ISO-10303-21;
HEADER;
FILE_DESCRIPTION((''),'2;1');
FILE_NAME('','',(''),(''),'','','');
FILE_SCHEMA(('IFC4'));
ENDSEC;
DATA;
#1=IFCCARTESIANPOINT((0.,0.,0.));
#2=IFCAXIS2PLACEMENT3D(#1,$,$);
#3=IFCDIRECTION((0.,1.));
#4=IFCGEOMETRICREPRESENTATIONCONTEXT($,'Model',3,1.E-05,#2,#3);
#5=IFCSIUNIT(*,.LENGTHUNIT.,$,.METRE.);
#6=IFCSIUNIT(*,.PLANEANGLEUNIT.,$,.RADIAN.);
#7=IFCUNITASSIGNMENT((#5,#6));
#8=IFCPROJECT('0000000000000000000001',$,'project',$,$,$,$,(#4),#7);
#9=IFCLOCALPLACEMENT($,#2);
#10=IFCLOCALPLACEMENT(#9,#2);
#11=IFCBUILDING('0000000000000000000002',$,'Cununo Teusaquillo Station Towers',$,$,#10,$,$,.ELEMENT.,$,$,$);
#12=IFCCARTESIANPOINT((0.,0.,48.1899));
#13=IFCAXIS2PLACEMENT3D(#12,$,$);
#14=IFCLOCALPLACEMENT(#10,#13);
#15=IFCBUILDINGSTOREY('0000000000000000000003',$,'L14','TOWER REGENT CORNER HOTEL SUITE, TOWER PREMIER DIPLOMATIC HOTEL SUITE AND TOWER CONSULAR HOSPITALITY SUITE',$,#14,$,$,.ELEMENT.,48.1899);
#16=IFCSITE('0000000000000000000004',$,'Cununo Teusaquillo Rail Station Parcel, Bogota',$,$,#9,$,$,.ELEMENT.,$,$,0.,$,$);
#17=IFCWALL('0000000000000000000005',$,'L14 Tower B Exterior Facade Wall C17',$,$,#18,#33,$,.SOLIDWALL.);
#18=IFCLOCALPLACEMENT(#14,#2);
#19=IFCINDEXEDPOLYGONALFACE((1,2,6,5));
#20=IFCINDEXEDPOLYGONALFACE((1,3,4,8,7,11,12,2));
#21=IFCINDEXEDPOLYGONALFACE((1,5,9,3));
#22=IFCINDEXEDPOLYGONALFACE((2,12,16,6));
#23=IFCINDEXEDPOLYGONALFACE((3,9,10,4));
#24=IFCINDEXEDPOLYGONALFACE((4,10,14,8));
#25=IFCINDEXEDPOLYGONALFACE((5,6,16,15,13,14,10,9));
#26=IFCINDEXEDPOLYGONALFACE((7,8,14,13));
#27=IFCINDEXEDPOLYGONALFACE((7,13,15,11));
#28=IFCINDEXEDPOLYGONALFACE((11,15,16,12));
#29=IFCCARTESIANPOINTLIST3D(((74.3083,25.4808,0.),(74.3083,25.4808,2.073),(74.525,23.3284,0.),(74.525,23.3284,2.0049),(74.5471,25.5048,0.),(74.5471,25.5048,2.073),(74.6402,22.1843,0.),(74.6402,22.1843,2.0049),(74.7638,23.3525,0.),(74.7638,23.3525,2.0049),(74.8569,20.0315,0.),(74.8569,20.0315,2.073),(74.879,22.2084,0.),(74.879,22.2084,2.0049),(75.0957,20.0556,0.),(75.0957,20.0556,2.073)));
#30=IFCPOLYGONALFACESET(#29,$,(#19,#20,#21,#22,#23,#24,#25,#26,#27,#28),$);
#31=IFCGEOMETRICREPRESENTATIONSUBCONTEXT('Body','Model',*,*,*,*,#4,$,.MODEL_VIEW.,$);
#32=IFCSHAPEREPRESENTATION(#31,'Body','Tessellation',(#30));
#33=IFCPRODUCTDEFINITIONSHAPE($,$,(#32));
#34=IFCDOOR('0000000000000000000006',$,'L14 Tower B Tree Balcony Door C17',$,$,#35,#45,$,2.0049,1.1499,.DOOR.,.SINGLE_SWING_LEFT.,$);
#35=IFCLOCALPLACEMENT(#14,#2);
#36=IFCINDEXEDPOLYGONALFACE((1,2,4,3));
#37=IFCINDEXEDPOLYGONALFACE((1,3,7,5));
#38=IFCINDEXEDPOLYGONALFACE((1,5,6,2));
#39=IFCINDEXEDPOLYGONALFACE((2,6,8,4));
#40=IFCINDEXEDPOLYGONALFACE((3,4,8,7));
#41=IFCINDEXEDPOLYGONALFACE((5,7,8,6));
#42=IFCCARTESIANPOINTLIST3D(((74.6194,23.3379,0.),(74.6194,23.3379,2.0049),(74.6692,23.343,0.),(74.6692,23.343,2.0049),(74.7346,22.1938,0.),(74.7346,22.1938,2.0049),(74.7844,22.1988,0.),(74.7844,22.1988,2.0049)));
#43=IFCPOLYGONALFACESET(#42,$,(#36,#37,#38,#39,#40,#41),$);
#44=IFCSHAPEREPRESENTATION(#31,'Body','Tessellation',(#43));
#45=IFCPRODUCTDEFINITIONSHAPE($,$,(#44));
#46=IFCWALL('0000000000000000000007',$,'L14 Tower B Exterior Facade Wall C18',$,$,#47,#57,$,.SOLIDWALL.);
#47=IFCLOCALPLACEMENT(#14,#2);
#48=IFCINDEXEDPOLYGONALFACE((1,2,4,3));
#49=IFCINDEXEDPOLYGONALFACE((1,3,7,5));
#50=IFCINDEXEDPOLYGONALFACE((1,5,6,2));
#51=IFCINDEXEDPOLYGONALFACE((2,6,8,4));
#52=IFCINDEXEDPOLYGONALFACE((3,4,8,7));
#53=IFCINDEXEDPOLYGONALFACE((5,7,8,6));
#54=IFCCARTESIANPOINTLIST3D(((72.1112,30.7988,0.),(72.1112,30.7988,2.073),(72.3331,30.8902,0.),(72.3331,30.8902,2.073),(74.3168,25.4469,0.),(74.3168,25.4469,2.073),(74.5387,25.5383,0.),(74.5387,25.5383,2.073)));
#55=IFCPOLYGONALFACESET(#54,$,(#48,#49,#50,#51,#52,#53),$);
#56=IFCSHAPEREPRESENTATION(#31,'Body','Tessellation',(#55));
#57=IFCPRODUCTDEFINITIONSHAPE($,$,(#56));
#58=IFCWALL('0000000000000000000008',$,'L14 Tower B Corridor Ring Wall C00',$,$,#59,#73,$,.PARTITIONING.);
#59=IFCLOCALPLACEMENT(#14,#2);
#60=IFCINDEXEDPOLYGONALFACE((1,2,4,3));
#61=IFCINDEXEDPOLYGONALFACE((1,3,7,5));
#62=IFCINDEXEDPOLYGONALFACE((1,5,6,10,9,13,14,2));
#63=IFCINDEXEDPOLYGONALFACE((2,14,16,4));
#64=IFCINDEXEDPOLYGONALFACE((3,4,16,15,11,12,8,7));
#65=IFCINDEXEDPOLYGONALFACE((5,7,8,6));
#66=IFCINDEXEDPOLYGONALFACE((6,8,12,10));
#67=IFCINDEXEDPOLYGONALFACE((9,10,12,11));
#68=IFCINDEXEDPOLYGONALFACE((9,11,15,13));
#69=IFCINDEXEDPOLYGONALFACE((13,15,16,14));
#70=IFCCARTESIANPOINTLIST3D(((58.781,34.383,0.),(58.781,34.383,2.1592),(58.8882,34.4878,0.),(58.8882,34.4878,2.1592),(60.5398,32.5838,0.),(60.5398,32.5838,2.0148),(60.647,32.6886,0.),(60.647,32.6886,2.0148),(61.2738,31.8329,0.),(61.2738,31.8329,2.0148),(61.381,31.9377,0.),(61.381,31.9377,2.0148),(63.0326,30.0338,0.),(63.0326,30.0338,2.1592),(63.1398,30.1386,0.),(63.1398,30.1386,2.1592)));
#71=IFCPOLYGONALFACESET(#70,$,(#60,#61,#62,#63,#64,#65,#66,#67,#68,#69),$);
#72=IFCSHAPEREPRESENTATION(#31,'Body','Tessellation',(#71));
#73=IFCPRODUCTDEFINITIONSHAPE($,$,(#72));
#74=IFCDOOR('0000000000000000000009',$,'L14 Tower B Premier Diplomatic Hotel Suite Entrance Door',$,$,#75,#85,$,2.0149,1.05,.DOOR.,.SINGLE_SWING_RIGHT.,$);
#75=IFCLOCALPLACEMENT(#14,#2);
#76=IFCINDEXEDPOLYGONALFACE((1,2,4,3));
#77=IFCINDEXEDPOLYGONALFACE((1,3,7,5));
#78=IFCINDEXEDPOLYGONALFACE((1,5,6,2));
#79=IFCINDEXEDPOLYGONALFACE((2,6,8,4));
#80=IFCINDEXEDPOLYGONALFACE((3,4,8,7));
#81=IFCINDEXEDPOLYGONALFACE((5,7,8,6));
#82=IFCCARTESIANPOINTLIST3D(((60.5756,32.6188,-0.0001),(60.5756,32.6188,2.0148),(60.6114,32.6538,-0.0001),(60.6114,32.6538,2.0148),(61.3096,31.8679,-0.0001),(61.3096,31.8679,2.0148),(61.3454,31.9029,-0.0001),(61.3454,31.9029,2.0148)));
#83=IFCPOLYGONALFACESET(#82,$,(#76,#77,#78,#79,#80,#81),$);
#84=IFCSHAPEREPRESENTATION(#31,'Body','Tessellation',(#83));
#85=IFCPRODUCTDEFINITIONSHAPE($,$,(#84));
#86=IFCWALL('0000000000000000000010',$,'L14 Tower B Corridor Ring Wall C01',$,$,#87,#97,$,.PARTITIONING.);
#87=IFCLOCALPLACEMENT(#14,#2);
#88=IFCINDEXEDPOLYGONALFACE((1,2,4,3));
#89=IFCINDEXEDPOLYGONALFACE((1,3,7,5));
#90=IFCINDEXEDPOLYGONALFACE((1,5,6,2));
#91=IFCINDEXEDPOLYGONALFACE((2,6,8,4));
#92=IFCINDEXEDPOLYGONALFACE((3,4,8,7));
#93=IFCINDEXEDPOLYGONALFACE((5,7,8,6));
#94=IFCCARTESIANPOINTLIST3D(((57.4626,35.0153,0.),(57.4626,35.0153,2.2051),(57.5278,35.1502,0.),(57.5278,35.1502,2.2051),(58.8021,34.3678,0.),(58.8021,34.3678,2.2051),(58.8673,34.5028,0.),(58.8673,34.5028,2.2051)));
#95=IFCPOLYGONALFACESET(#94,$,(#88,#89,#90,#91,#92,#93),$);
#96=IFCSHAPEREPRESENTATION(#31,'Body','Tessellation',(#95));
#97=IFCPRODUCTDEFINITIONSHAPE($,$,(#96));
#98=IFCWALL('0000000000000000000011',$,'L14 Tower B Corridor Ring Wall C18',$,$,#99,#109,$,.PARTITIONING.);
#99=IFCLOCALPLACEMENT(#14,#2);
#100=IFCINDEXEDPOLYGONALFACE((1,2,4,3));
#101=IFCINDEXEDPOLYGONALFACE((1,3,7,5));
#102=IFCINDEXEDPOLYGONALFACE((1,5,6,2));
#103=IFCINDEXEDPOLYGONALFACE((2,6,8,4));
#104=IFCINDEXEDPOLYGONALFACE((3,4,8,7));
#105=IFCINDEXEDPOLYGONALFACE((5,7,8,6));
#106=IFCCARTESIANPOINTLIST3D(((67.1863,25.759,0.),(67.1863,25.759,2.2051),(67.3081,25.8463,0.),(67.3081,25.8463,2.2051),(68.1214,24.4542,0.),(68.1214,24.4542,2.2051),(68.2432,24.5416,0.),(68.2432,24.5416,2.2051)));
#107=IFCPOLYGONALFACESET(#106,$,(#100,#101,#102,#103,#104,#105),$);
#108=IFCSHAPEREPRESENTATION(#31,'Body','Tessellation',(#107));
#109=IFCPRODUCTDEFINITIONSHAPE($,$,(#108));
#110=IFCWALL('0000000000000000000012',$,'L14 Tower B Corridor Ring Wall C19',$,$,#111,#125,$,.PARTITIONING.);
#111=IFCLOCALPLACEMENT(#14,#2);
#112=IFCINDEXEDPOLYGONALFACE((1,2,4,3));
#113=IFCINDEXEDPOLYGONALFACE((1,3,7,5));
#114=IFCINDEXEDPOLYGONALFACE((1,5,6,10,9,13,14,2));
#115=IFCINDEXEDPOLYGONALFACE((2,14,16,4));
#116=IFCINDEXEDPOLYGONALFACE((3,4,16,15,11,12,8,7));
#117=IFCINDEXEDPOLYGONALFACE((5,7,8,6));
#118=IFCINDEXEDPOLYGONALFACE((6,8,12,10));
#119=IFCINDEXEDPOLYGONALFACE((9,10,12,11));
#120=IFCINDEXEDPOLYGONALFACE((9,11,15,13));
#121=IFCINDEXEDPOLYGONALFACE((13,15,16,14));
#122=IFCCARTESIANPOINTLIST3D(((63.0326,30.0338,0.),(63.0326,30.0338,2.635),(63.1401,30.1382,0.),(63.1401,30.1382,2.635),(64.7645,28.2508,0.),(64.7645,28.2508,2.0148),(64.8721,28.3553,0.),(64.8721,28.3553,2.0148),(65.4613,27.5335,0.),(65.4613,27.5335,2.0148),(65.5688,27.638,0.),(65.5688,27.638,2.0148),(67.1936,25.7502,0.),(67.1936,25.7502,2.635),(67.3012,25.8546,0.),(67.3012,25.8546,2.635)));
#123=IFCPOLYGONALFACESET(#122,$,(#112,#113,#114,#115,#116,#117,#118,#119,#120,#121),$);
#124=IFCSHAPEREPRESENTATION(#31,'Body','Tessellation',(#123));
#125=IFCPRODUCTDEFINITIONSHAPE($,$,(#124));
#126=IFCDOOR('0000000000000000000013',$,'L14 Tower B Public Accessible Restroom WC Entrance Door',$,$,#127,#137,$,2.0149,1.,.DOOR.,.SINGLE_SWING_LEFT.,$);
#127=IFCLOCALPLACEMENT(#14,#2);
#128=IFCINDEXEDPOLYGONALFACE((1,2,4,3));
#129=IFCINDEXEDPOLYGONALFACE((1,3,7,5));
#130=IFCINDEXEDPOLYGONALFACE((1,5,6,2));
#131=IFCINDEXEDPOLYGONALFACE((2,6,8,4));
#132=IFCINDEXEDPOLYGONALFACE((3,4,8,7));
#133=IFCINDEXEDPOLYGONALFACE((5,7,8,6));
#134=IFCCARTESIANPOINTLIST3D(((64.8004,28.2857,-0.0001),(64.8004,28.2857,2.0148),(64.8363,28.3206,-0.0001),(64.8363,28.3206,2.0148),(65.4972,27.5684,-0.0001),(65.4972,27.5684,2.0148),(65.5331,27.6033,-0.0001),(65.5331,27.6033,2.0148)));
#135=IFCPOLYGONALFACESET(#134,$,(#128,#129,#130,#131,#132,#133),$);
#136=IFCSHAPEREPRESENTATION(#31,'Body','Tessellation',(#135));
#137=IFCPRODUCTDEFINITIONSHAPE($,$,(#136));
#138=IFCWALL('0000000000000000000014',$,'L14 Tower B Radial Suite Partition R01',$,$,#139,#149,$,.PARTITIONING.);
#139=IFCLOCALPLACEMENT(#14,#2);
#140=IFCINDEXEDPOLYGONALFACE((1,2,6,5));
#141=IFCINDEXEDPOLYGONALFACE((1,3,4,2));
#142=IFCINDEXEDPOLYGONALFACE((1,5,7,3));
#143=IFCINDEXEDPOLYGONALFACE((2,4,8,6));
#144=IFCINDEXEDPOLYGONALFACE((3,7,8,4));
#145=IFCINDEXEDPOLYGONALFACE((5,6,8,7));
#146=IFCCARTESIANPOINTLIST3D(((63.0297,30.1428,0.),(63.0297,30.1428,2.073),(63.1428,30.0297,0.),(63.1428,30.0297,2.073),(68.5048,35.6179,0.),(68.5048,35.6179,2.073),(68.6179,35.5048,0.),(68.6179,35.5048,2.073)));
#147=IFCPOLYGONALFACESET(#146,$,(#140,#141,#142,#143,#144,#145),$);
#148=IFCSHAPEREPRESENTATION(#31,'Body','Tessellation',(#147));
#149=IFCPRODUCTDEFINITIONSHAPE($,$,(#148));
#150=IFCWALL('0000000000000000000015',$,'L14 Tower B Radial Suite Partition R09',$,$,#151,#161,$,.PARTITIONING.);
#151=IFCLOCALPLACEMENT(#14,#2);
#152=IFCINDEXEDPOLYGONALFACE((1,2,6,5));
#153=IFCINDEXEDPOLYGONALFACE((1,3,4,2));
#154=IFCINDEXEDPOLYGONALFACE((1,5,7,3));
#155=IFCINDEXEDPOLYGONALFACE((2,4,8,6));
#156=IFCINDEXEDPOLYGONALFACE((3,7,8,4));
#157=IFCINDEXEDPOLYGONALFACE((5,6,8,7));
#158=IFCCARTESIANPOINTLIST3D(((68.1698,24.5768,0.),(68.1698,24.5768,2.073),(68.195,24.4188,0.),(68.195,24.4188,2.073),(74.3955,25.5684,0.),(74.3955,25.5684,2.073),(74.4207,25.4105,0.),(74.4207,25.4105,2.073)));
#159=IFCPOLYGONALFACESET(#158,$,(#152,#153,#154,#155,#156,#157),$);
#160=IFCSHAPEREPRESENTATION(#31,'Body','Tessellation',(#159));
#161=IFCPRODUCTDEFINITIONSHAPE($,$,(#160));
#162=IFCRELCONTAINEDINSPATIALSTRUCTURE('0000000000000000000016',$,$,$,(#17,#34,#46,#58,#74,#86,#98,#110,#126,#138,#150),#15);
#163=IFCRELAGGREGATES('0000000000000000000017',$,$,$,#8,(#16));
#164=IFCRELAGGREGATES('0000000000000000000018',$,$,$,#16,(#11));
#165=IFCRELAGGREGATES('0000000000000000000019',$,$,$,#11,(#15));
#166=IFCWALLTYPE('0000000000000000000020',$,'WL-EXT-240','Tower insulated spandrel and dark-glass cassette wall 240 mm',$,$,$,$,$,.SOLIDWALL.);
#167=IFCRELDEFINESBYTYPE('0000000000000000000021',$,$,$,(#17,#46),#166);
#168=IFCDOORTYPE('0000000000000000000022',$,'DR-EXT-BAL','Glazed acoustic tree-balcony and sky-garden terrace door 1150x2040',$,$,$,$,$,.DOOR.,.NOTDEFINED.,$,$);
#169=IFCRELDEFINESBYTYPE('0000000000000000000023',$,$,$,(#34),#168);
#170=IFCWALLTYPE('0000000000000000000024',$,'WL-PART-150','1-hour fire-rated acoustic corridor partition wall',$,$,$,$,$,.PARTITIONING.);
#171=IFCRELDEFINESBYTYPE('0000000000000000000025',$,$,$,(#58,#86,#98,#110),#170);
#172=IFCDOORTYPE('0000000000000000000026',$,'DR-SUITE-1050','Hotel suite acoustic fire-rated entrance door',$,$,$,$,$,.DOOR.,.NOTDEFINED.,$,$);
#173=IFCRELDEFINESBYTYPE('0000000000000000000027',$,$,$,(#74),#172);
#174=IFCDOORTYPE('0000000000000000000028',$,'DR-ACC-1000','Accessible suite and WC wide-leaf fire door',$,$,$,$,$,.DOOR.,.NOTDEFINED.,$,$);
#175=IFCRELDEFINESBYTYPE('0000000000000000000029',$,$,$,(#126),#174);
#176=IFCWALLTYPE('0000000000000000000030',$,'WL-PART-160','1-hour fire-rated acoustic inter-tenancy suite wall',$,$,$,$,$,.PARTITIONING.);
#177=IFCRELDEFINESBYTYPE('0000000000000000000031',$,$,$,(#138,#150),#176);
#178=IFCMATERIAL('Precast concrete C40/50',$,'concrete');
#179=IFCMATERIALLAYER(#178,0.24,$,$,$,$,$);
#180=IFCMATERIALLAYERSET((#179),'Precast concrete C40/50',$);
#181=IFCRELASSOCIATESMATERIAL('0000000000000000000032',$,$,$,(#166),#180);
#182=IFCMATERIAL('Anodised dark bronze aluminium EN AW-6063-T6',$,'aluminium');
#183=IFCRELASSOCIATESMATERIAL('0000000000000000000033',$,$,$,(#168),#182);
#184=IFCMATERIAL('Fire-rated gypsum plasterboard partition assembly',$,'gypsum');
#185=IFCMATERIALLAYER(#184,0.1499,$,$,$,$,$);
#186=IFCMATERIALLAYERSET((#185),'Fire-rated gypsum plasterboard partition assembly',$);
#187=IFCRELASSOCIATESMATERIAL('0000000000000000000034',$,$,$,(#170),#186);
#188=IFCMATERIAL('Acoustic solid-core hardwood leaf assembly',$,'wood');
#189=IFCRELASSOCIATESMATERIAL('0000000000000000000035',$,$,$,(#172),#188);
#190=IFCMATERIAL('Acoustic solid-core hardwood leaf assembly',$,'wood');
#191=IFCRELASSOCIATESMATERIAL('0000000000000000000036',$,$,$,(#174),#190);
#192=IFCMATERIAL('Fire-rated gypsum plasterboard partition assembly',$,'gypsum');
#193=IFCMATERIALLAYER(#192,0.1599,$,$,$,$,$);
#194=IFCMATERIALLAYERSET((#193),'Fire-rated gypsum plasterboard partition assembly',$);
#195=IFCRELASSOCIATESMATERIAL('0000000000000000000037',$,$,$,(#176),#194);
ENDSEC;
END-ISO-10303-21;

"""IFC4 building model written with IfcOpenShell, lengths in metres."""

from ifc_helpers import new_model, si_unit, direction, frame, frame_2d, origin, place, context, subcontext, project, spatial, rectangle, extrude, source, transform, mapped, material, layer, layer_set, type_object, element, fill, save


model = new_model("IFC4")

# Units and contexts
model_context = context("Model", 3, precision=1e-05, world=origin(), true_north=direction((0.0, 1.0)))
body_context = subcontext(model_context, "Body", "Model", "MODEL_VIEW")
ifc_project = project(units=[si_unit("LENGTHUNIT", "METRE"), si_unit("PLANEANGLEUNIT", "RADIAN")], contexts=[model_context])

# Site, building, storey
site_placement = place(None, origin())
site = spatial("IfcSite", under=ifc_project, at=site_placement, Name="Cununo Teusaquillo Rail Station Parcel, Bogota", CompositionType="ELEMENT", RefElevation=0.0)
building_placement = place(site_placement, origin())
building = spatial("IfcBuilding", under=site, at=building_placement, Name="Cununo Teusaquillo Station Towers", CompositionType="ELEMENT")
storey_placement = place(building_placement, frame((0.0, 0.0, 48.1899)))
storey = spatial("IfcBuildingStorey", under=building, at=storey_placement, Name="L14", Description="TOWER REGENT CORNER HOTEL SUITE, TOWER PREMIER DIPLOMATIC HOTEL SUITE AND TOWER CONSULAR HOSPITALITY SUITE", CompositionType="ELEMENT", Elevation=48.1899)

# Wall, opening, door
ifc_material_1 = material(Name="Precast concrete C40/50", Category="concrete")
ifc_layer_1 = layer(ifc_material_1, 0.24)
ifc_layer_set_1 = layer_set([ifc_layer_1], Name="Precast concrete C40/50")
wall_type_1 = type_object("IfcWallType", Name="WL-EXT-240", Description="Tower insulated spandrel and dark-glass cassette wall 240 mm", PredefinedType="SOLIDWALL", material=ifc_layer_set_1)
wall_1_placement = place(storey_placement, frame((74.4277, 25.4927, 0.0), z_axis=(0.0, 0.0, 1.0), x_axis=(0.100166, -0.994971, 0.0)))
wall_1 = element("IfcWall", 1, at=wall_1_placement, inside=storey, type_object=wall_type_1, Name="L14 Tower B Exterior Facade Wall C17", PredefinedType="SOLIDWALL", context=body_context, shape_type="SweptSolid", body=[
    extrude(rectangle(XDim=5.4768, YDim=0.24, at=frame_2d((2.7383, 0.0))), origin(), (0.0, 0.0, 1.0), 2.073),
])
shared_shape_1 = source(origin(), body_context, "Body", "SweptSolid", [
    extrude(rectangle(XDim=1.1499, YDim=2.0049, at=frame_2d((0.575, 1.0024))), frame((0.0, 0.1299, 0.0), z_axis=(0.0, -1.0, 0.0), x_axis=(1.0, 0.0, 0.0)), (0.0, 0.0, 1.0), 0.26),
])
opening_1_placement = place(wall_1_placement, frame((2.1631, 0.0, 0.0)))
opening_1 = element("IfcOpeningElement", 2, at=opening_1_placement, cuts=wall_1, PredefinedType="OPENING", context=body_context, shape_type="MappedRepresentation", body=[
    mapped(shared_shape_1, transform((0.0, 0.0, 0.0), x_axis=(1.0, 0.0, 0.0), y_axis=(0.0, 1.0, 0.0), z_axis=(0.0, 0.0, 1.0), scale=1.0)),
])
ifc_material_2 = material(Name="Anodised dark bronze aluminium EN AW-6063-T6", Category="aluminium")
door_type_1 = type_object("IfcDoorType", Name="DR-EXT-BAL", Description="Glazed acoustic tree-balcony and sky-garden terrace door 1150x2040", OperationType="NOTDEFINED", PredefinedType="DOOR", material=ifc_material_2)
shared_shape_2 = source(origin(), body_context, "Body", "SweptSolid", [
    extrude(rectangle(XDim=1.1499, YDim=2.0049, at=frame_2d((0.575, 1.0024))), frame((0.0, 0.0249, 0.0), z_axis=(0.0, -1.0, 0.0), x_axis=(1.0, 0.0, 0.0)), (0.0, 0.0, 1.0), 0.05),
])
door_1_placement = place(opening_1_placement, origin())
door_1 = element("IfcDoor", 3, at=door_1_placement, inside=storey, type_object=door_type_1, Name="L14 Tower B Tree Balcony Door C17", OperationType="SINGLE_SWING_LEFT", OverallHeight=2.0049, OverallWidth=1.1499, PredefinedType="DOOR", context=body_context, shape_type="MappedRepresentation", body=[
    mapped(shared_shape_2, transform((0.0, 0.0, 0.0), x_axis=(1.0, 0.0, 0.0), y_axis=(0.0, 1.0, 0.0), z_axis=(0.0, 0.0, 1.0), scale=1.0)),
])
fill(opening_1, door_1)

# Wall
wall_2_placement = place(storey_placement, frame((72.2222, 30.8445, 0.0), z_axis=(0.0, 0.0, 1.0), x_axis=(0.381028, -0.924564, 0.0)))
element("IfcWall", 4, at=wall_2_placement, inside=storey, type_object=wall_type_1, Name="L14 Tower B Exterior Facade Wall C18", PredefinedType="SOLIDWALL", context=body_context, shape_type="SweptSolid", body=[
    extrude(rectangle(XDim=5.7886, YDim=0.24, at=frame_2d((2.8943, 0.0))), origin(), (0.0, 0.0, 1.0), 2.073),
])

# Wall, opening, door
ifc_material_3 = material(Name="Fire-rated gypsum plasterboard partition assembly", Category="gypsum")
ifc_layer_2 = layer(ifc_material_3, 0.1499)
ifc_layer_set_2 = layer_set([ifc_layer_2], Name="Fire-rated gypsum plasterboard partition assembly")
wall_type_2 = type_object("IfcWallType", Name="WL-PART-150", Description="1-hour fire-rated acoustic corridor partition wall", PredefinedType="PARTITIONING", material=ifc_layer_set_2)
wall_3_placement = place(storey_placement, frame((63.0862, 30.0862, 0.0), z_axis=(0.0, 0.0, 1.0), x_axis=(-0.699033, 0.71509, 0.0)))
wall_3 = element("IfcWall", 5, at=wall_3_placement, inside=storey, type_object=wall_type_2, Name="L14 Tower B Corridor Ring Wall C00", PredefinedType="PARTITIONING", context=body_context, shape_type="SweptSolid", body=[
    extrude(rectangle(XDim=6.082, YDim=0.1499, at=frame_2d((3.041, 0.0))), origin(), (0.0, 0.0, 1.0), 2.1592),
])
shared_shape_3 = source(origin(), body_context, "Body", "SweptSolid", [
    extrude(rectangle(XDim=1.05, YDim=2.0149, at=frame_2d((0.5249, 1.0073))), frame((0.0, 0.085, 0.0), z_axis=(0.0, -1.0, 0.0), x_axis=(1.0, 0.0, 0.0)), (0.0, 0.0, 1.0), 0.1699),
])
opening_2_placement = place(wall_3_placement, frame((2.5161, 0.0, 0.0)))
opening_2 = element("IfcOpeningElement", 6, at=opening_2_placement, cuts=wall_3, PredefinedType="OPENING", context=body_context, shape_type="MappedRepresentation", body=[
    mapped(shared_shape_3, transform((0.0, 0.0, 0.0), x_axis=(1.0, 0.0, 0.0), y_axis=(0.0, 1.0, 0.0), z_axis=(0.0, 0.0, 1.0), scale=1.0)),
])
ifc_material_4 = material(Name="Acoustic solid-core hardwood leaf assembly", Category="wood")
door_type_2 = type_object("IfcDoorType", Name="DR-SUITE-1050", Description="Hotel suite acoustic fire-rated entrance door", OperationType="NOTDEFINED", PredefinedType="DOOR", material=ifc_material_4)
shared_shape_4 = source(origin(), body_context, "Body", "SweptSolid", [
    extrude(rectangle(XDim=1.05, YDim=2.0149, at=frame_2d((0.5249, 1.0073))), frame((0.0, 0.0249, 0.0), z_axis=(0.0, -1.0, 0.0), x_axis=(1.0, 0.0, 0.0)), (0.0, 0.0, 1.0), 0.05),
])
door_2_placement = place(opening_2_placement, origin())
door_2 = element("IfcDoor", 7, at=door_2_placement, inside=storey, type_object=door_type_2, Name="L14 Tower B Premier Diplomatic Hotel Suite Entrance Door", OperationType="SINGLE_SWING_RIGHT", OverallHeight=2.0149, OverallWidth=1.05, PredefinedType="DOOR", context=body_context, shape_type="MappedRepresentation", body=[
    mapped(shared_shape_4, transform((0.0, 0.0, 0.0), x_axis=(1.0, 0.0, 0.0), y_axis=(0.0, 1.0, 0.0), z_axis=(0.0, 0.0, 1.0), scale=1.0)),
])
fill(opening_2, door_2)

# Walls
wall_4_placement = place(storey_placement, frame((58.8347, 34.4353, 0.0), z_axis=(0.0, 0.0, 1.0), x_axis=(-0.900352, 0.435162, 0.0)))
element("IfcWall", 8, at=wall_4_placement, inside=storey, type_object=wall_type_2, Name="L14 Tower B Corridor Ring Wall C01", PredefinedType="PARTITIONING", context=body_context, shape_type="SweptSolid", body=[
    extrude(rectangle(XDim=1.4878, YDim=0.1499, at=frame_2d((0.7439, 0.0))), origin(), (0.0, 0.0, 1.0), 2.2051),
])
wall_5_placement = place(storey_placement, frame((68.1824, 24.4978, 0.0), z_axis=(0.0, 0.0, 1.0), x_axis=(-0.582532, 0.812808, 0.0)))
element("IfcWall", 9, at=wall_5_placement, inside=storey, type_object=wall_type_2, Name="L14 Tower B Corridor Ring Wall C18", PredefinedType="PARTITIONING", context=body_context, shape_type="SweptSolid", body=[
    extrude(rectangle(XDim=1.6052, YDim=0.1499, at=frame_2d((0.8027, 0.0))), origin(), (0.0, 0.0, 1.0), 2.2051),
])

# Wall, opening, door
wall_6_placement = place(storey_placement, frame((67.2473, 25.8025, 0.0), z_axis=(0.0, 0.0, 1.0), x_axis=(-0.696771, 0.717293, 0.0)))
wall_6 = element("IfcWall", 10, at=wall_6_placement, inside=storey, type_object=wall_type_2, Name="L14 Tower B Corridor Ring Wall C19", PredefinedType="PARTITIONING", context=body_context, shape_type="SweptSolid", body=[
    extrude(rectangle(XDim=5.9719, YDim=0.1499, at=frame_2d((2.9858, 0.0))), origin(), (0.0, 0.0, 1.0), 2.635),
])
shared_shape_5 = source(origin(), body_context, "Body", "SweptSolid", [
    extrude(rectangle(XDim=1.0, YDim=2.0149, at=frame_2d((0.5, 1.0073))), frame((0.0, 0.085, 0.0), z_axis=(0.0, -1.0, 0.0), x_axis=(1.0, 0.0, 0.0)), (0.0, 0.0, 1.0), 0.1699),
])
opening_3_placement = place(wall_6_placement, frame((2.4861, 0.0, 0.0)))
opening_3 = element("IfcOpeningElement", 11, at=opening_3_placement, cuts=wall_6, PredefinedType="OPENING", context=body_context, shape_type="MappedRepresentation", body=[
    mapped(shared_shape_5, transform((0.0, 0.0, 0.0), x_axis=(1.0, 0.0, 0.0), y_axis=(0.0, 1.0, 0.0), z_axis=(0.0, 0.0, 1.0), scale=1.0)),
])
ifc_material_5 = material(Name="Acoustic solid-core hardwood leaf assembly", Category="wood")
door_type_3 = type_object("IfcDoorType", Name="DR-ACC-1000", Description="Accessible suite and WC wide-leaf fire door", OperationType="NOTDEFINED", PredefinedType="DOOR", material=ifc_material_5)
shared_shape_6 = source(origin(), body_context, "Body", "SweptSolid", [
    extrude(rectangle(XDim=1.0, YDim=2.0149, at=frame_2d((0.5, 1.0073))), frame((0.0, 0.0249, 0.0), z_axis=(0.0, -1.0, 0.0), x_axis=(1.0, 0.0, 0.0)), (0.0, 0.0, 1.0), 0.05),
])
door_3_placement = place(opening_3_placement, origin())
door_3 = element("IfcDoor", 12, at=door_3_placement, inside=storey, type_object=door_type_3, Name="L14 Tower B Public Accessible Restroom WC Entrance Door", OperationType="SINGLE_SWING_LEFT", OverallHeight=2.0149, OverallWidth=1.0, PredefinedType="DOOR", context=body_context, shape_type="MappedRepresentation", body=[
    mapped(shared_shape_6, transform((0.0, 0.0, 0.0), x_axis=(1.0, 0.0, 0.0), y_axis=(0.0, 1.0, 0.0), z_axis=(0.0, 0.0, 1.0), scale=1.0)),
])
fill(opening_3, door_3)

# Walls
ifc_material_6 = material(Name="Fire-rated gypsum plasterboard partition assembly", Category="gypsum")
ifc_layer_3 = layer(ifc_material_6, 0.1599)
ifc_layer_set_3 = layer_set([ifc_layer_3], Name="Fire-rated gypsum plasterboard partition assembly")
wall_type_3 = type_object("IfcWallType", Name="WL-PART-160", Description="1-hour fire-rated acoustic inter-tenancy suite wall", PredefinedType="PARTITIONING", material=ifc_layer_set_3)
wall_7_placement = place(storey_placement, frame((63.0862, 30.0862, 0.0), z_axis=(0.0, 0.0, 1.0), x_axis=(0.707107, 0.707107, 0.0)))
element("IfcWall", 13, at=wall_7_placement, inside=storey, type_object=wall_type_3, Name="L14 Tower B Radial Suite Partition R01", PredefinedType="PARTITIONING", context=body_context, shape_type="SweptSolid", body=[
    extrude(rectangle(XDim=7.7429, YDim=0.1599, at=frame_2d((3.8716, 0.0))), origin(), (0.0, 0.0, 1.0), 2.073),
])
wall_8_placement = place(storey_placement, frame((68.1824, 24.4978, 0.0), z_axis=(0.0, 0.0, 1.0), x_axis=(0.98755, 0.157305, 0.0)))
element("IfcWall", 14, at=wall_8_placement, inside=storey, type_object=wall_type_3, Name="L14 Tower B Radial Suite Partition R09", PredefinedType="PARTITIONING", context=body_context, shape_type="SweptSolid", body=[
    extrude(rectangle(XDim=6.3042, YDim=0.1599, at=frame_2d((3.1521, 0.0))), origin(), (0.0, 0.0, 1.0), 2.073),
])

save(model, "model.ifc")
